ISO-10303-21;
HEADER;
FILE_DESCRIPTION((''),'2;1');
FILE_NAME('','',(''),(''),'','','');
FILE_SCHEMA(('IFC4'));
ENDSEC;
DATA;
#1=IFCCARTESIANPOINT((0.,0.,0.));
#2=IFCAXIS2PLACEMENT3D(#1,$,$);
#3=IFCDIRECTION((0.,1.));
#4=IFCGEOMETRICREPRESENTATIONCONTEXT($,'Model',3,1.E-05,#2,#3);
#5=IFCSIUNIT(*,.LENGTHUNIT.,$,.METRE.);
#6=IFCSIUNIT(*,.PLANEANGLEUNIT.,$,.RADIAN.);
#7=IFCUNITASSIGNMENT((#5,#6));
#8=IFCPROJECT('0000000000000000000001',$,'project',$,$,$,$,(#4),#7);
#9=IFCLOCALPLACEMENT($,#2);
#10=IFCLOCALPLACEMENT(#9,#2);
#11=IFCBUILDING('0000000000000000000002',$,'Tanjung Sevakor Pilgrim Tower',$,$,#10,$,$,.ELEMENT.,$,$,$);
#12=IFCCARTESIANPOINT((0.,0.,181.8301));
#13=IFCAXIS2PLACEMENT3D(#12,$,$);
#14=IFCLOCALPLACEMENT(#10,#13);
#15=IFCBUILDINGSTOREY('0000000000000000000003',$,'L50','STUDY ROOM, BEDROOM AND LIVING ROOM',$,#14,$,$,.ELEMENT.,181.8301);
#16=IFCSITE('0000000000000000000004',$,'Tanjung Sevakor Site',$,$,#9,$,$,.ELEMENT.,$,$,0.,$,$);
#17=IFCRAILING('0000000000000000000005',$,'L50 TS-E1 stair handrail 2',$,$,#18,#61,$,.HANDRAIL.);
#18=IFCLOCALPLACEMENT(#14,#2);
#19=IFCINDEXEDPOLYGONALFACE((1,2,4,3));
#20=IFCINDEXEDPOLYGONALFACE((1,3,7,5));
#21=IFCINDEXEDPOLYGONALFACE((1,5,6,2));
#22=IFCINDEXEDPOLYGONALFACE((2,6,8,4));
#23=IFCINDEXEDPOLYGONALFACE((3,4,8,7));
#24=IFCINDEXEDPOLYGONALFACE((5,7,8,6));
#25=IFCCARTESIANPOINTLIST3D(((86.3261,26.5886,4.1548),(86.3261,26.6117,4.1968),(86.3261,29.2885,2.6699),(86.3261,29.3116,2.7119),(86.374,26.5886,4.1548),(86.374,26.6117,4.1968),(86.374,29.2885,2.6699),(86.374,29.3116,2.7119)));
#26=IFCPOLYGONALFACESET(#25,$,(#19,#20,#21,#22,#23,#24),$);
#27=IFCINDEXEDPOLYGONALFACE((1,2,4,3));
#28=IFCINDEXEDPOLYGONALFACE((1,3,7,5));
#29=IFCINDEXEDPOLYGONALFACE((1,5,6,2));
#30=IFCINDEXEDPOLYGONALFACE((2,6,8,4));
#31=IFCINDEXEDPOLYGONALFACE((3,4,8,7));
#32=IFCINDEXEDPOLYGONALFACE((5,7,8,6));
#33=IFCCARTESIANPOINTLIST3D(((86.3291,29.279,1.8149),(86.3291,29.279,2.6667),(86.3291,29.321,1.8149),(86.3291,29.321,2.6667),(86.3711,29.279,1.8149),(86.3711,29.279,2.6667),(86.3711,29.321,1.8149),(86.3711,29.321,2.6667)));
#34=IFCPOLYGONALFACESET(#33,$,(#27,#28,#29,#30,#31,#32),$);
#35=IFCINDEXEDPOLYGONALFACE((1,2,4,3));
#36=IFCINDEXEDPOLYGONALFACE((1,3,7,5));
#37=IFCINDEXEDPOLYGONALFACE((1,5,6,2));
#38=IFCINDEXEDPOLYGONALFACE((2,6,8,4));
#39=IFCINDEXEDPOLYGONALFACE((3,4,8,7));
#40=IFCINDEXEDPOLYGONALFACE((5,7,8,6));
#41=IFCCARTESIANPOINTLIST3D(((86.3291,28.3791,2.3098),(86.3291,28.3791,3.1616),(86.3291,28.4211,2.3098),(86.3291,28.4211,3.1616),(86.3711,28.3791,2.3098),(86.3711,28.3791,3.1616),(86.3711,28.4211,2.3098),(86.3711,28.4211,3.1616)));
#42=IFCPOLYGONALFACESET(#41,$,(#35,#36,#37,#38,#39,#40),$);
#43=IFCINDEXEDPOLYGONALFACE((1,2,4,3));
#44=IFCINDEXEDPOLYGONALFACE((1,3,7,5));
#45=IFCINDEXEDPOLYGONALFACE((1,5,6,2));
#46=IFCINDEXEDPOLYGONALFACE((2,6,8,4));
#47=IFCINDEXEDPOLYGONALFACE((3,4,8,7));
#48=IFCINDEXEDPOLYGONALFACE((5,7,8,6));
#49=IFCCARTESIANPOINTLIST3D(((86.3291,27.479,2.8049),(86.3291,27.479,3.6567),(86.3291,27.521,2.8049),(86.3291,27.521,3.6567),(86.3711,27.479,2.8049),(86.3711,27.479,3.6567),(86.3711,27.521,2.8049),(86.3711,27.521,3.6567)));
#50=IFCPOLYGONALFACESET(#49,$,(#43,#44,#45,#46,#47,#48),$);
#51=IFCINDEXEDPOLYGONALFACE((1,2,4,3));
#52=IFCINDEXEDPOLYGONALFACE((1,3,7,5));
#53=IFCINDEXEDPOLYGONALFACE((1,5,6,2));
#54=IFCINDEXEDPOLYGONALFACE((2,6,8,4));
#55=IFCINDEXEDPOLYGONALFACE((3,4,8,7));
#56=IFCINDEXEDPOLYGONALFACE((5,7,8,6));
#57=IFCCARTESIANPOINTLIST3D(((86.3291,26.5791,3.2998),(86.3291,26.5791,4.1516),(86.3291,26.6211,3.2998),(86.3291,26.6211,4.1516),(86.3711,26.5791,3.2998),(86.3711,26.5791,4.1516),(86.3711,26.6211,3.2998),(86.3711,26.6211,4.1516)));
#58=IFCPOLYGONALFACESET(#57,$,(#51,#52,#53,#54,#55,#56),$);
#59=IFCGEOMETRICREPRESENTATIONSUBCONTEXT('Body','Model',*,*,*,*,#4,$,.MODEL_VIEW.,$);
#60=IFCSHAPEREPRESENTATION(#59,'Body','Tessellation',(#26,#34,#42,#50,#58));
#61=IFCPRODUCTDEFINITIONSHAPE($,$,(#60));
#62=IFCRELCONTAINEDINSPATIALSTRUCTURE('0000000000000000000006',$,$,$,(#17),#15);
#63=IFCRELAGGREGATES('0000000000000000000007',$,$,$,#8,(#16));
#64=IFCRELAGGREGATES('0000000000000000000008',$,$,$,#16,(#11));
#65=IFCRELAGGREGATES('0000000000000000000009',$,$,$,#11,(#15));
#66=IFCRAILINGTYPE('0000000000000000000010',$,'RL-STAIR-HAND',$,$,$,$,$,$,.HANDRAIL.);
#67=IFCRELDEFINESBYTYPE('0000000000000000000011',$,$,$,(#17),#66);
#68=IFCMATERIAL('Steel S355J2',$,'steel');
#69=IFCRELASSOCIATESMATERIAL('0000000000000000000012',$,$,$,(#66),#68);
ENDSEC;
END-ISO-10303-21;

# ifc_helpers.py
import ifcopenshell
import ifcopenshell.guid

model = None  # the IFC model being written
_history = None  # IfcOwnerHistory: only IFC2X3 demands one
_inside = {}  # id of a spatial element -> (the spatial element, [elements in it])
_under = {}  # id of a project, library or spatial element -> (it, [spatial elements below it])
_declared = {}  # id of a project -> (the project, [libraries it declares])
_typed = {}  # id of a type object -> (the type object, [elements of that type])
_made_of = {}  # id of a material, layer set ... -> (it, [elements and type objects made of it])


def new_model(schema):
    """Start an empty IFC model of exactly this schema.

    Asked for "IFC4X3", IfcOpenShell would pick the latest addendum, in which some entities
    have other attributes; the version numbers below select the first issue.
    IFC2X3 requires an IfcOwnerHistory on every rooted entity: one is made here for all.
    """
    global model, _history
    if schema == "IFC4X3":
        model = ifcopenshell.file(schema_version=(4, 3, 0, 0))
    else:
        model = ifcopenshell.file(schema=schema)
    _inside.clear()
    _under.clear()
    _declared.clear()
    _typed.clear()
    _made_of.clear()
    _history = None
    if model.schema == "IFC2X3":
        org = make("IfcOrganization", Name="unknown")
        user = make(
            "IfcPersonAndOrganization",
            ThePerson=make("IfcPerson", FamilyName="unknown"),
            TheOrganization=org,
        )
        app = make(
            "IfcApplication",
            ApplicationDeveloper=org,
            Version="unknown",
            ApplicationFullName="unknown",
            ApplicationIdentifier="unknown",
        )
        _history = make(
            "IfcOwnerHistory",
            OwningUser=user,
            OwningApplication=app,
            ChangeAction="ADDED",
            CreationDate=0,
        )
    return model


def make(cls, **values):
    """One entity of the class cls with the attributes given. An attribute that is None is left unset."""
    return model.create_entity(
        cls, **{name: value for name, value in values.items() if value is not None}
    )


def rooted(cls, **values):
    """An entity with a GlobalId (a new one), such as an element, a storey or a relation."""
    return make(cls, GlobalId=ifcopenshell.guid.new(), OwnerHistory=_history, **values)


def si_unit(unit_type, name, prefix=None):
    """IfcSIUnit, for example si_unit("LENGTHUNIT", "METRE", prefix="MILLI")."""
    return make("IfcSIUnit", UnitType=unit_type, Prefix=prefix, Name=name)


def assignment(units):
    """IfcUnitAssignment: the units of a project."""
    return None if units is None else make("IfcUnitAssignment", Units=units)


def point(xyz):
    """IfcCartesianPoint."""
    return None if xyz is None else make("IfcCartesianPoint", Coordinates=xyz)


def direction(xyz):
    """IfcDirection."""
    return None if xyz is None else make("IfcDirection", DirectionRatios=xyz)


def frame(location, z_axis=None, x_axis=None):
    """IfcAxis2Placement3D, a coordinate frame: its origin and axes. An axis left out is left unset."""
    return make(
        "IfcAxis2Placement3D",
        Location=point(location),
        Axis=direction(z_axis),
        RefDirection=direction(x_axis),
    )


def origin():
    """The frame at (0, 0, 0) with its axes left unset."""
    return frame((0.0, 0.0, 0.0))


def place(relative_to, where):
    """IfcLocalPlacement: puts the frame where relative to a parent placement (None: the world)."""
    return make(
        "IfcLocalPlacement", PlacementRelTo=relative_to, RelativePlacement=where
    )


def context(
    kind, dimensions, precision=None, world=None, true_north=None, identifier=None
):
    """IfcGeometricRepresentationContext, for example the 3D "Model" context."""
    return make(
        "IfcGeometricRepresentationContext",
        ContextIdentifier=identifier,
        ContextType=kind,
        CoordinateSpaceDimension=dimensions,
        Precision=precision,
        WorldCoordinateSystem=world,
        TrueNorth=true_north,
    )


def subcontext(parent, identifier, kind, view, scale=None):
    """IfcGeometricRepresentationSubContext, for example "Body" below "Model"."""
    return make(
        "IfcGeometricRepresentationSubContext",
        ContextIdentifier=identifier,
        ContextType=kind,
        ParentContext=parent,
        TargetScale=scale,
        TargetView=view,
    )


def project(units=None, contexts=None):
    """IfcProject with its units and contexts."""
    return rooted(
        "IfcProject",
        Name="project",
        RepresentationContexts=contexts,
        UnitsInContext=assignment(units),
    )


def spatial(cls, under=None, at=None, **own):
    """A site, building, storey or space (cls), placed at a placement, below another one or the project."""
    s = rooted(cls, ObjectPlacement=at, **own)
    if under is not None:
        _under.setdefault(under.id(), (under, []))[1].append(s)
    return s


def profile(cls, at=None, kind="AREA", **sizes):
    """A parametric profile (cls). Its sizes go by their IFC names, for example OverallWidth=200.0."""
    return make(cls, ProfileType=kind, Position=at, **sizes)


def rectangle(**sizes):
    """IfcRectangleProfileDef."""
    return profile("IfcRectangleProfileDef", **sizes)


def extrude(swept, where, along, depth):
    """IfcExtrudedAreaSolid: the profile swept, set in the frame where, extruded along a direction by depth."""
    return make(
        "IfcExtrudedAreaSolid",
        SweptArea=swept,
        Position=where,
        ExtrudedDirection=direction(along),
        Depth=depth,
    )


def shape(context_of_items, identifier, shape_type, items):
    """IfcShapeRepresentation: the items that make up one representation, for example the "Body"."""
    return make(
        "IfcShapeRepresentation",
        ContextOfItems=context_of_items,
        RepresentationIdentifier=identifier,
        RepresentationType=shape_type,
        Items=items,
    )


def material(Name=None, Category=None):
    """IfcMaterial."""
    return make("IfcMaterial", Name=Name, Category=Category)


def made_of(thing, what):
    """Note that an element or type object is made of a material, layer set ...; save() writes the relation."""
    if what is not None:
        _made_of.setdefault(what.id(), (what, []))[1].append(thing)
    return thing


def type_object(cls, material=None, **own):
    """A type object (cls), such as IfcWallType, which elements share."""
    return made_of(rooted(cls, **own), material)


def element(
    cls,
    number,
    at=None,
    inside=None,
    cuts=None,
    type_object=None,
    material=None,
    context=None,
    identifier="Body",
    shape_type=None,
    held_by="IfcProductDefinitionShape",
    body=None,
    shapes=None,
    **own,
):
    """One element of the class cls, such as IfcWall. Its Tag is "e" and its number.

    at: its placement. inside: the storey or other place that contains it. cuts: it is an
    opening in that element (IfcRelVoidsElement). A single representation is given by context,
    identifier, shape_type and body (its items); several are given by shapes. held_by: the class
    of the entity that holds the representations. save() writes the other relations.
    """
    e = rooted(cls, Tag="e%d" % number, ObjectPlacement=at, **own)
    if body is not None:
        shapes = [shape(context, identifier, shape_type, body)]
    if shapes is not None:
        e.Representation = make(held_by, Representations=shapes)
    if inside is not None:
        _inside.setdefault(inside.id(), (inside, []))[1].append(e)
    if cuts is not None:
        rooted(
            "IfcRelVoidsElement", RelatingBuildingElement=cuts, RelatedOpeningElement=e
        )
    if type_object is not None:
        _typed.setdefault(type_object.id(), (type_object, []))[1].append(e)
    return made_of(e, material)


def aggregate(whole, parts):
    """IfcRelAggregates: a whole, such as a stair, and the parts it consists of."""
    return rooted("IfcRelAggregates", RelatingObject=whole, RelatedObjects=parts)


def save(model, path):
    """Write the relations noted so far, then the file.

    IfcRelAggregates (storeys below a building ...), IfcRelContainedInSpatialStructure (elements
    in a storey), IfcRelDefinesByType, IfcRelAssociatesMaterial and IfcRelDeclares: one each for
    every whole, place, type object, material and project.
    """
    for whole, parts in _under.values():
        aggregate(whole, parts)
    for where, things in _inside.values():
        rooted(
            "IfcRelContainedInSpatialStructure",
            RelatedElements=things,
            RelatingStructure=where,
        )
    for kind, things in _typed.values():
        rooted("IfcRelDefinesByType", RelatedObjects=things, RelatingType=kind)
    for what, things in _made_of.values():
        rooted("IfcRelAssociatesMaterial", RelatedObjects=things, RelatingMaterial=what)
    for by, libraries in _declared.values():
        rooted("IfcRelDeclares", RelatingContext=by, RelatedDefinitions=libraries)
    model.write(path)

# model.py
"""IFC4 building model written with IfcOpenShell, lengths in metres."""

from ifc_helpers import new_model, si_unit, direction, frame, origin, place, context, subcontext, project, spatial, rectangle, extrude, material, type_object, element, save


model = new_model("IFC4")

# Units and contexts
model_context = context("Model", 3, precision=1e-05, world=origin(), true_north=direction((0.0, 1.0)))
body_context = subcontext(model_context, "Body", "Model", "MODEL_VIEW")
ifc_project = project(units=[si_unit("LENGTHUNIT", "METRE"), si_unit("PLANEANGLEUNIT", "RADIAN")], contexts=[model_context])

# Site, building, storey
site_placement = place(None, origin())
site = spatial("IfcSite", under=ifc_project, at=site_placement, Name="Tanjung Sevakor Site", CompositionType="ELEMENT", RefElevation=0.0)
building_placement = place(site_placement, origin())
building = spatial("IfcBuilding", under=site, at=building_placement, Name="Tanjung Sevakor Pilgrim Tower", CompositionType="ELEMENT")
storey_placement = place(building_placement, frame((0.0, 0.0, 181.8301)))
storey = spatial("IfcBuildingStorey", under=building, at=storey_placement, Name="L50", Description="STUDY ROOM, BEDROOM AND LIVING ROOM", CompositionType="ELEMENT", Elevation=181.8301)

# Railing
ifc_material_1 = material(Name="Steel S355J2", Category="steel")
railing_type_1 = type_object("IfcRailingType", Name="RL-STAIR-HAND", PredefinedType="HANDRAIL", material=ifc_material_1)
railing_1_placement = place(storey_placement, frame((86.3501, 29.3, 1.8149)))
element("IfcRailing", 1, at=railing_1_placement, inside=storey, type_object=railing_type_1, Name="L50 TS-E1 stair handrail 2", PredefinedType="HANDRAIL", context=body_context, shape_type="SweptSolid", body=[
    extrude(rectangle(XDim=0.0479, YDim=0.0479), frame((0.0, 0.0, 0.876), z_axis=(0.0, -0.876231, 0.481891), x_axis=(1.0, 0.0, 0.0)), (0.0, 0.0, 1.0), 3.0813),
    extrude(rectangle(XDim=0.042, YDim=0.042), origin(), (0.0, 0.0, 1.0), 0.8518),
    extrude(rectangle(XDim=0.042, YDim=0.042), frame((0.0, -0.8999, 0.4949)), (0.0, 0.0, 1.0), 0.8518),
    extrude(rectangle(XDim=0.042, YDim=0.042), frame((0.0, -1.8, 0.99)), (0.0, 0.0, 1.0), 0.8518),
    extrude(rectangle(XDim=0.042, YDim=0.042), frame((0.0, -2.7, 1.4849)), (0.0, 0.0, 1.0), 0.8518),
])

save(model, "model.ifc")
